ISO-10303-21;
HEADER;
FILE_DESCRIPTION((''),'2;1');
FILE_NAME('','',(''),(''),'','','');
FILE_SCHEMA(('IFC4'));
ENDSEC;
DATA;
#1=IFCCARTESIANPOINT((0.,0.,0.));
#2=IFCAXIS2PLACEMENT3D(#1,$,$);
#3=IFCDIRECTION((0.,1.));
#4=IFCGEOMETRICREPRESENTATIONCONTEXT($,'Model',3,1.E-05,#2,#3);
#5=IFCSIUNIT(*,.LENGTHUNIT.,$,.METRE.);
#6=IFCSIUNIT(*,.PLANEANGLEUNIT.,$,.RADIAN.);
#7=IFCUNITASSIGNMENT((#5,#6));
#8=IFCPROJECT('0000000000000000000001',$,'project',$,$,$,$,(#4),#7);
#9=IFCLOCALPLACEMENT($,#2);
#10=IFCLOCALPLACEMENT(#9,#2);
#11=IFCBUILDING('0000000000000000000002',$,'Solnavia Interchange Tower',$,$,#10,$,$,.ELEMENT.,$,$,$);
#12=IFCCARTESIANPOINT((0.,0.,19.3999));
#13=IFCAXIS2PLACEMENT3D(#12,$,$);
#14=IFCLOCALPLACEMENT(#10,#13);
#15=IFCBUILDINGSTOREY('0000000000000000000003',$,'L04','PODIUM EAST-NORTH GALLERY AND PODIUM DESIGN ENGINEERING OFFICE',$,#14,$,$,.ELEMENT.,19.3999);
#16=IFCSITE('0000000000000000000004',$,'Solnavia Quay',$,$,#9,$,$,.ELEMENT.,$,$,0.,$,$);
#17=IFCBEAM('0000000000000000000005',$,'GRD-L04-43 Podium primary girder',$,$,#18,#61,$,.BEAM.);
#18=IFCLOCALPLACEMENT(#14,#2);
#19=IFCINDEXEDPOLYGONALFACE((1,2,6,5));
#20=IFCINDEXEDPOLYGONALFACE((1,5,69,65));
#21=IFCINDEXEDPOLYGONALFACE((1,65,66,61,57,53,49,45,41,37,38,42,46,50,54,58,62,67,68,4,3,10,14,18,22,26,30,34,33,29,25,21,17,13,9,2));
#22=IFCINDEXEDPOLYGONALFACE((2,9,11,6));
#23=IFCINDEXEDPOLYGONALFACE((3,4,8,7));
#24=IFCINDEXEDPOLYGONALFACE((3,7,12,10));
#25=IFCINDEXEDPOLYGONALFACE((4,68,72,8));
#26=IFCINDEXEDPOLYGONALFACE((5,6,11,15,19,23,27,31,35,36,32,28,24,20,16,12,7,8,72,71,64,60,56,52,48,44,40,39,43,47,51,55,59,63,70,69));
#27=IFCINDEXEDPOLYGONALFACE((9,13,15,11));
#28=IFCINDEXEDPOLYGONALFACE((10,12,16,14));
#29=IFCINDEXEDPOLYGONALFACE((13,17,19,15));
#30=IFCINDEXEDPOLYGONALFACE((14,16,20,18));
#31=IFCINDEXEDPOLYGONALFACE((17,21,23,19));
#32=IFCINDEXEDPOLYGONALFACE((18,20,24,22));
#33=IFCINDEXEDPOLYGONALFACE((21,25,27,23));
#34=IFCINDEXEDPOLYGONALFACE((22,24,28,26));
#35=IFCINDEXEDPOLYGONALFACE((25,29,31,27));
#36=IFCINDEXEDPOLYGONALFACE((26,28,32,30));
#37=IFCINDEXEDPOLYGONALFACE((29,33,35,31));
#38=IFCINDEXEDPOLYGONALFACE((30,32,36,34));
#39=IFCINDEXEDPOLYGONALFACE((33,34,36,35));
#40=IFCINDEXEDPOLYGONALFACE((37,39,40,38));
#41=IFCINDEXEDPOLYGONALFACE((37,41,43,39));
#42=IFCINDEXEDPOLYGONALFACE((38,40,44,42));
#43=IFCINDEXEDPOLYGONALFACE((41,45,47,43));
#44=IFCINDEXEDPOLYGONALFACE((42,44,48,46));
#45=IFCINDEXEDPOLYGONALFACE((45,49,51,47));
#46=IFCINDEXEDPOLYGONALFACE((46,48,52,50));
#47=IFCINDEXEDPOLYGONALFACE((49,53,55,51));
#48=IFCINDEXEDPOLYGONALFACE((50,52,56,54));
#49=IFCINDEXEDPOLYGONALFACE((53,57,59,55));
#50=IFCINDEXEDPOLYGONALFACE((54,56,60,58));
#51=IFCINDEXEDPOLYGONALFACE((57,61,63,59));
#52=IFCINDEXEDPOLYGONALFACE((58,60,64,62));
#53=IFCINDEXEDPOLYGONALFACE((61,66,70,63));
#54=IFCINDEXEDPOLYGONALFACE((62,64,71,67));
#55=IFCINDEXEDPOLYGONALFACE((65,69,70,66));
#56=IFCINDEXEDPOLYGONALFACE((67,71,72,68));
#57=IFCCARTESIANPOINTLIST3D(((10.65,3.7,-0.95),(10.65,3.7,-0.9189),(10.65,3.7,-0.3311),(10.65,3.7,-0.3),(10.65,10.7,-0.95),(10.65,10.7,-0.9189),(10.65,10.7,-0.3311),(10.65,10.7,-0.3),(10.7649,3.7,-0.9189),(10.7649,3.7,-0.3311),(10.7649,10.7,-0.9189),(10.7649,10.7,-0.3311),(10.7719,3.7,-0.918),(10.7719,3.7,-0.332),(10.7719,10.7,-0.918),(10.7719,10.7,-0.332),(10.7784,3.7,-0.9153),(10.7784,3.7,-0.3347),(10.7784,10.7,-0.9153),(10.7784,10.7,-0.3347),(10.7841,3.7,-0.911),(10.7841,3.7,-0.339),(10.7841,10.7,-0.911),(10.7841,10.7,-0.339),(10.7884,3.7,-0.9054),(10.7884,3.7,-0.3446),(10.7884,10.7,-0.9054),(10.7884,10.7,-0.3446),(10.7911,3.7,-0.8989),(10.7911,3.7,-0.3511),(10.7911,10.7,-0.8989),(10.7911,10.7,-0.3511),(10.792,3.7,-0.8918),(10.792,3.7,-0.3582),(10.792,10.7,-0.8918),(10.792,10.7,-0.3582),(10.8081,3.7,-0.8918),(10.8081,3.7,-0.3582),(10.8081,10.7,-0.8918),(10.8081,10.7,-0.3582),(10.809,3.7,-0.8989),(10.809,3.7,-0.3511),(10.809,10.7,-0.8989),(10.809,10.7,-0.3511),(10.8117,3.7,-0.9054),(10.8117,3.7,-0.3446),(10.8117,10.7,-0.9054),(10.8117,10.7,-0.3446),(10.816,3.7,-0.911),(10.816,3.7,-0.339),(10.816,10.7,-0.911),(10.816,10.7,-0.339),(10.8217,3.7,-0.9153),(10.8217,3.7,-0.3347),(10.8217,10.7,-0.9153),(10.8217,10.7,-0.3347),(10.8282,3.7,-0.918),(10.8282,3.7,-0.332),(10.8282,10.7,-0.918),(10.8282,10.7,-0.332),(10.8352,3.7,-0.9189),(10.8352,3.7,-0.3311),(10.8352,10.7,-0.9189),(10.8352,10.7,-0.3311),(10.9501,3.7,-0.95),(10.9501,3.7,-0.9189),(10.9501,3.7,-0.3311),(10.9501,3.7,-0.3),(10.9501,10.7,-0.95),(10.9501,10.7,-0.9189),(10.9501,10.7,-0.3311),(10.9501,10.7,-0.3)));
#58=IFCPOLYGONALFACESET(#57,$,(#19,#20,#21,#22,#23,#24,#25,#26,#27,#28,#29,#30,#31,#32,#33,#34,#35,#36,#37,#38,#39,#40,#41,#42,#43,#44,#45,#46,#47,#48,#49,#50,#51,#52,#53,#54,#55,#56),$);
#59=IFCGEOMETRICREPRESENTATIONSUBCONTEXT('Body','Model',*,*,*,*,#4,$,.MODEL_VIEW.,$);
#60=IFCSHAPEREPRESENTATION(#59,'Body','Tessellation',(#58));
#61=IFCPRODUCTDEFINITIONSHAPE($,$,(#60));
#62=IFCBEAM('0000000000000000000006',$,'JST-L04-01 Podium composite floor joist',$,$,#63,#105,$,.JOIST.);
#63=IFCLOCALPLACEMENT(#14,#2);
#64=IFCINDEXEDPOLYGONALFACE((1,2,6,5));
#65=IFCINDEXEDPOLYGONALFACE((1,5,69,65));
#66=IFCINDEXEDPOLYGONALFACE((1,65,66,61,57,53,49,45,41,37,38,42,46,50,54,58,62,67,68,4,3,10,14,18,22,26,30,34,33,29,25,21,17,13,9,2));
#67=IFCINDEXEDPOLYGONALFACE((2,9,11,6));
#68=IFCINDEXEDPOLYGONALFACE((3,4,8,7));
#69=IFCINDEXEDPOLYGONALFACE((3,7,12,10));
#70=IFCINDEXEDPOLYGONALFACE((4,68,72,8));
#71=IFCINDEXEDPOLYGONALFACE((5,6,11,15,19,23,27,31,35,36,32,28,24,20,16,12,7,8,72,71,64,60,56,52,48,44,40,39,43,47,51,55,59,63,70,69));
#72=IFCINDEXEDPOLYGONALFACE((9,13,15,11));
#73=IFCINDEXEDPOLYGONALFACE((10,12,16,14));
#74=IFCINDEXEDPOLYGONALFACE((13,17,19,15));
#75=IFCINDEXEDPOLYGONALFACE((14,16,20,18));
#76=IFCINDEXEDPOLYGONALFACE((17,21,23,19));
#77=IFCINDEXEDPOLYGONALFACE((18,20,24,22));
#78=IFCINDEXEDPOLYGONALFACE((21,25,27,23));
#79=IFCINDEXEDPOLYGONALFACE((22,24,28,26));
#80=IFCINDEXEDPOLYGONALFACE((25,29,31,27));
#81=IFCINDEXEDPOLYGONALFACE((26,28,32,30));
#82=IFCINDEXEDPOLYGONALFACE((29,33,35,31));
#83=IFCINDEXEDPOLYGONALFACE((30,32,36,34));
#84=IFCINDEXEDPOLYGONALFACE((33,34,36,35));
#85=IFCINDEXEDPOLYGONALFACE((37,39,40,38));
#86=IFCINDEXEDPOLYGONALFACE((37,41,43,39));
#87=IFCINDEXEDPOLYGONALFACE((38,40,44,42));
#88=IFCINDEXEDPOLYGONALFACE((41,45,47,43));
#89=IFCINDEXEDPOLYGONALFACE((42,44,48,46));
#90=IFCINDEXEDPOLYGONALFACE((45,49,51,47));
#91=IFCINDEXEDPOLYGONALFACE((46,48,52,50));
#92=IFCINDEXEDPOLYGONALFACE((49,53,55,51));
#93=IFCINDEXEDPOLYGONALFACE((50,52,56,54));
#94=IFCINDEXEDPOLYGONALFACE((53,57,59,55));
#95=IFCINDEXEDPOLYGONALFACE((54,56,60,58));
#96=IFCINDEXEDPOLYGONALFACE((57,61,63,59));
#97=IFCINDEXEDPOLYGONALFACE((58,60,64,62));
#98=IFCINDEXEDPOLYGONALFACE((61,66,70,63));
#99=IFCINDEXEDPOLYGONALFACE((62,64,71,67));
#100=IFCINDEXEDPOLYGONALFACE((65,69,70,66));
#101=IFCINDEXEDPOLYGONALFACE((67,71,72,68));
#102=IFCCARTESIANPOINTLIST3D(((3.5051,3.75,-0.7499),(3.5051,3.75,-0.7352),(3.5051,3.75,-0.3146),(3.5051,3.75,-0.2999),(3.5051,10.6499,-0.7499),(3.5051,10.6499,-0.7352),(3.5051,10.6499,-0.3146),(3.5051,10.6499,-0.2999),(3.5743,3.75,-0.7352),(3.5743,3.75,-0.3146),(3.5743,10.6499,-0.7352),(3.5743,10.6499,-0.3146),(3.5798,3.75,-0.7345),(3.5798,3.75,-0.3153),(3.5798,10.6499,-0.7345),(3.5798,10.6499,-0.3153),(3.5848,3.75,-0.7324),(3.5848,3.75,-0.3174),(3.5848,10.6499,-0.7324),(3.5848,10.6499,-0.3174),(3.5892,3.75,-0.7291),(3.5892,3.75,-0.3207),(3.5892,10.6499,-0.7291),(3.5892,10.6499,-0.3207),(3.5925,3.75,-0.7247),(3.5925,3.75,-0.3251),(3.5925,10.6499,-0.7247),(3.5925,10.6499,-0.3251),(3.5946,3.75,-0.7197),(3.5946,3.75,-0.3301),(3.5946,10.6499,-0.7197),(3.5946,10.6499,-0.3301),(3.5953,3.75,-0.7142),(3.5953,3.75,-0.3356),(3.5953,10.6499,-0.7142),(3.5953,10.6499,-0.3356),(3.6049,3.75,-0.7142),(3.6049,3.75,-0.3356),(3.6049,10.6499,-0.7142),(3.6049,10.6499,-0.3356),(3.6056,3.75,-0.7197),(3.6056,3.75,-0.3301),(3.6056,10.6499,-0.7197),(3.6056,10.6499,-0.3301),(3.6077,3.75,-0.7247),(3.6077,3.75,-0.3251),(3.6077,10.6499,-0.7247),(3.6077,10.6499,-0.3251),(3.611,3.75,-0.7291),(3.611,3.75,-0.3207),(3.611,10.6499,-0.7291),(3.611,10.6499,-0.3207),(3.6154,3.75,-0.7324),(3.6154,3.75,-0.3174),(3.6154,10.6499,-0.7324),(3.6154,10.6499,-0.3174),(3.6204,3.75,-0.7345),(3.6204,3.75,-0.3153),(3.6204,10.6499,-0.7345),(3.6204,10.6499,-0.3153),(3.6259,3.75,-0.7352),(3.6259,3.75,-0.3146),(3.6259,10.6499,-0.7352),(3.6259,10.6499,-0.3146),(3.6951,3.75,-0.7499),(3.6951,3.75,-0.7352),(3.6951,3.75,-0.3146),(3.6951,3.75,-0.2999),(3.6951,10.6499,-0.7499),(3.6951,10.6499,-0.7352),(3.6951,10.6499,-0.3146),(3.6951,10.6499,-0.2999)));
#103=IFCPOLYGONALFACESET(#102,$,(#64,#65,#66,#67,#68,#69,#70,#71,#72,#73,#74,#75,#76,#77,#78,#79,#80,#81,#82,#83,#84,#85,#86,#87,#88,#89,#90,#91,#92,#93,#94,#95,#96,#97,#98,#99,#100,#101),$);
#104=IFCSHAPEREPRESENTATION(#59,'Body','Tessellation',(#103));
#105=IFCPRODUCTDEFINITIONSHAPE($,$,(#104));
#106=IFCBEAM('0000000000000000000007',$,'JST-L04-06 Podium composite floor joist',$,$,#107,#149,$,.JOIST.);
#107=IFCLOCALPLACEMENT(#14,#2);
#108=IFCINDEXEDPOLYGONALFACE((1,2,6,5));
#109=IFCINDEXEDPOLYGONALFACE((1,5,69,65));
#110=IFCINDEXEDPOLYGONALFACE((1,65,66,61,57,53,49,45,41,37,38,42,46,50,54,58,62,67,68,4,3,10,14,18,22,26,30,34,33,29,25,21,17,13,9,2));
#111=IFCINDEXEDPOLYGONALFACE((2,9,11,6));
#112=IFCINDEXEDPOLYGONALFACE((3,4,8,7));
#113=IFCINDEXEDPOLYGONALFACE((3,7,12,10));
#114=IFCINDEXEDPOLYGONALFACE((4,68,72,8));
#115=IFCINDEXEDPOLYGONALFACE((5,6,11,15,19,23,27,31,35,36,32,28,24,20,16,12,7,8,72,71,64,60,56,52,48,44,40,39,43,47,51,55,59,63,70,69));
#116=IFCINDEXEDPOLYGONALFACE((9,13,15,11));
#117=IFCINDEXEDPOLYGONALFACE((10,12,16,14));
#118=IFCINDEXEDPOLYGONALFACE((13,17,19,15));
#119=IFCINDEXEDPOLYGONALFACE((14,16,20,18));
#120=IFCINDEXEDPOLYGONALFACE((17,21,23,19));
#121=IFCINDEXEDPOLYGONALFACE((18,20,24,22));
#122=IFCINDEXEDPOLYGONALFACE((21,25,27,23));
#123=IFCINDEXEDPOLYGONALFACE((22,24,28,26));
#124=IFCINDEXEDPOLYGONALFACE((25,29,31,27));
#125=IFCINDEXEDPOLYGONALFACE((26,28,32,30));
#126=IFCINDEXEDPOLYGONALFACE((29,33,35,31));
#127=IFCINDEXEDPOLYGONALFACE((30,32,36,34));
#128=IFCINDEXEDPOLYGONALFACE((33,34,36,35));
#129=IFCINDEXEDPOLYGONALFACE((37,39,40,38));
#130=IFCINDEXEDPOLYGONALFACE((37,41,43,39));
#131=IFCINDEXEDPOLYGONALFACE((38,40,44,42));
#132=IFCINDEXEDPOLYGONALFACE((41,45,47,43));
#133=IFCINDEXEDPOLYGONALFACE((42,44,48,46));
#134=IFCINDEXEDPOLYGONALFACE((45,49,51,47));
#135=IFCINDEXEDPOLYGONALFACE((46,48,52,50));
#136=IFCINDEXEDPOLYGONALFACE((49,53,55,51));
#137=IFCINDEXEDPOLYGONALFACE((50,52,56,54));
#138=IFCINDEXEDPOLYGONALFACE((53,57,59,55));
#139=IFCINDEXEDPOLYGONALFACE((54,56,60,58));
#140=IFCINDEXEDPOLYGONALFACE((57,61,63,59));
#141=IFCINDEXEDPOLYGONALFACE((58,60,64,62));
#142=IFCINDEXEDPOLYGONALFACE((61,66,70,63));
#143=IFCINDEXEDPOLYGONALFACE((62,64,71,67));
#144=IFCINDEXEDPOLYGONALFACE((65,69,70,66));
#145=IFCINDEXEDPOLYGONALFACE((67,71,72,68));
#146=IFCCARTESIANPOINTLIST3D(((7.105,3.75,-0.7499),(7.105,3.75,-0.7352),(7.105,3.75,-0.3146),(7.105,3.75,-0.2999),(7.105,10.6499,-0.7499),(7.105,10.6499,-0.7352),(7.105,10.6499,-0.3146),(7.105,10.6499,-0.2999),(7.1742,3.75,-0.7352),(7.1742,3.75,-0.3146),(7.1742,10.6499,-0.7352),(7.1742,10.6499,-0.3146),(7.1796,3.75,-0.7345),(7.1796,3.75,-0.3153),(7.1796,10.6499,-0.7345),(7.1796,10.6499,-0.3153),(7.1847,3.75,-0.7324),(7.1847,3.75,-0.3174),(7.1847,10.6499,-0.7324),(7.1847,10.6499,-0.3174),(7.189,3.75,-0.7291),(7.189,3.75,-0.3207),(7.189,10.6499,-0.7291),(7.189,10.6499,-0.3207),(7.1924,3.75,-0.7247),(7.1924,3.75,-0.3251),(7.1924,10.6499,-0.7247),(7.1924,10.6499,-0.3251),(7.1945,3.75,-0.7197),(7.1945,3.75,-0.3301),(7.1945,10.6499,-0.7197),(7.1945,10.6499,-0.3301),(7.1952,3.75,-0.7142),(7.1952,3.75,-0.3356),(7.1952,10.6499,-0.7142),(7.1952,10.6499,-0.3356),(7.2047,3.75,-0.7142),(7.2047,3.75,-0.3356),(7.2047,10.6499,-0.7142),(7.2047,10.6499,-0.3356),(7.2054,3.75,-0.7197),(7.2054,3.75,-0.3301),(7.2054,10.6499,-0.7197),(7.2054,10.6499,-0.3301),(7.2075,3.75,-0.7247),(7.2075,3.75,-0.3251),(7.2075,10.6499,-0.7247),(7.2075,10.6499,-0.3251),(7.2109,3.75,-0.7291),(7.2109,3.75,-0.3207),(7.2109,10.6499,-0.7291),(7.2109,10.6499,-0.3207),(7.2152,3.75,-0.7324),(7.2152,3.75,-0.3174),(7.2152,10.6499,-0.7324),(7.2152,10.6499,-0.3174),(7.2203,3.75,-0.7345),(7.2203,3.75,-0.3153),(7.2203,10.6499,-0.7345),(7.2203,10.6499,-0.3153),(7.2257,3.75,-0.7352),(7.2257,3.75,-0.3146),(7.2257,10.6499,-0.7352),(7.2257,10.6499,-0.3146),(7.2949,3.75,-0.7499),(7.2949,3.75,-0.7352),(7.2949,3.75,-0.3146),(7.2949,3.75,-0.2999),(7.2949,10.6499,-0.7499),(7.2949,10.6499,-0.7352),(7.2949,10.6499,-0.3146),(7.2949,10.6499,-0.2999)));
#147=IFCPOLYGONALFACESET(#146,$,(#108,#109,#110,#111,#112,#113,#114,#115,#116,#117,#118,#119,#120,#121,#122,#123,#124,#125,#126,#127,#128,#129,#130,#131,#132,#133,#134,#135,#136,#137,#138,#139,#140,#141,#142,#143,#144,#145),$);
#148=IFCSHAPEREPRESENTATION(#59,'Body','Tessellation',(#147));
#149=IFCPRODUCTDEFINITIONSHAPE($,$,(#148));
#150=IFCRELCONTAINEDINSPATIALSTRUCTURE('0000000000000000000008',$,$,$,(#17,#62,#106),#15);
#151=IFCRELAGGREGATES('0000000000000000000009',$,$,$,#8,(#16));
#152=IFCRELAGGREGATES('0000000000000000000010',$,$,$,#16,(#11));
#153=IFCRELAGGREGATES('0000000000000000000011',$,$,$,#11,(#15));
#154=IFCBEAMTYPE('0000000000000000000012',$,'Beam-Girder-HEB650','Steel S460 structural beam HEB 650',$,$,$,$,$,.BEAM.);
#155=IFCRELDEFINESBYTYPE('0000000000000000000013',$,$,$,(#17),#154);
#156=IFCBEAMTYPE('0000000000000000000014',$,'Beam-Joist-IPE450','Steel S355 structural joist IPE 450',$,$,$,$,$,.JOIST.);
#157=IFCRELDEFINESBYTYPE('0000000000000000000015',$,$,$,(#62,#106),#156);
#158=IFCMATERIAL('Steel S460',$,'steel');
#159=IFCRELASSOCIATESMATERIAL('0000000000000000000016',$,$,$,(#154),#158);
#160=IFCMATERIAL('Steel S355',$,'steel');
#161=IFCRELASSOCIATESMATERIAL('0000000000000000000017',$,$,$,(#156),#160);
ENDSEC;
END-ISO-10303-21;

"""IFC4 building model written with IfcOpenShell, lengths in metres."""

from ifc_helpers import new_model, si_unit, direction, frame, origin, origin_2d, place, context, subcontext, project, spatial, i_section, extrude, material, material_profile, profile_set, type_object, element, save


model = new_model("IFC4")

# Units and contexts
model_context = context("Model", 3, precision=1e-05, world=origin(), true_north=direction((0.0, 1.0)))
body_context = subcontext(model_context, "Body", "Model", "MODEL_VIEW")
ifc_project = project(units=[si_unit("LENGTHUNIT", "METRE"), si_unit("PLANEANGLEUNIT", "RADIAN")], contexts=[model_context])

# Site, building, storey
site_placement = place(None, origin())
site = spatial("IfcSite", under=ifc_project, at=site_placement, Name="Solnavia Quay", CompositionType="ELEMENT", RefElevation=0.0)
building_placement = place(site_placement, origin())
building = spatial("IfcBuilding", under=site, at=building_placement, Name="Solnavia Interchange Tower", CompositionType="ELEMENT")
storey_placement = place(building_placement, frame((0.0, 0.0, 19.3999)))
storey = spatial("IfcBuildingStorey", under=building, at=storey_placement, Name="L04", Description="PODIUM EAST-NORTH GALLERY AND PODIUM DESIGN ENGINEERING OFFICE", CompositionType="ELEMENT", Elevation=19.3999)

# Beams
ifc_material_1 = material(Name="Steel S460", Category="steel")
ifc_material_profile_1 = material_profile(ifc_material_1, i_section(OverallWidth=0.3, OverallDepth=0.6499, WebThickness=0.0161, FlangeThickness=0.031, FilletRadius=0.0271, at=origin_2d()), Name="HEB 650")
ifc_profile_set_1 = profile_set([ifc_material_profile_1], Name="Steel S460")
beam_type_1 = type_object("IfcBeamType", Name="Beam-Girder-HEB650", Description="Steel S460 structural beam HEB 650", PredefinedType="BEAM", material=ifc_profile_set_1)
for number, where, z_axis, x_axis, name in (
    (1, (10.8, 3.7, -0.625), (0.0, 1.0, 0.0), (-1.0, 0.0, 0.0), "GRD-L04-43 Podium primary girder"),
):
    element("IfcBeam", number, at=place(storey_placement, frame(where, z_axis=z_axis, x_axis=x_axis)), inside=storey, type_object=beam_type_1, Name=name, PredefinedType="BEAM", context=body_context, shape_type="SweptSolid", body=[
        extrude(i_section(OverallWidth=0.3, OverallDepth=0.6499, WebThickness=0.0161, FlangeThickness=0.031, FilletRadius=0.0271, at=origin_2d()), origin(), (0.0, 0.0, 1.0), 7.0),
    ])
ifc_material_2 = material(Name="Steel S355", Category="steel")
ifc_material_profile_2 = material_profile(ifc_material_2, i_section(OverallWidth=0.1899, OverallDepth=0.45, WebThickness=0.0095, FlangeThickness=0.0146, FilletRadius=0.021, at=origin_2d()), Name="IPE 450")
ifc_profile_set_2 = profile_set([ifc_material_profile_2], Name="Steel S355")
beam_type_2 = type_object("IfcBeamType", Name="Beam-Joist-IPE450", Description="Steel S355 structural joist IPE 450", PredefinedType="JOIST", material=ifc_profile_set_2)
for number, where, z_axis, x_axis, name in (
    (2, (3.6001, 3.75, -0.5249), (0.0, 1.0, 0.0), (-1.0, 0.0, 0.0), "JST-L04-01 Podium composite floor joist"),
    (3, (7.2, 3.75, -0.5249), (0.0, 1.0, 0.0), (-1.0, 0.0, 0.0), "JST-L04-06 Podium composite floor joist"),
):
    element("IfcBeam", number, at=place(storey_placement, frame(where, z_axis=z_axis, x_axis=x_axis)), inside=storey, type_object=beam_type_2, Name=name, PredefinedType="JOIST", context=body_context, shape_type="SweptSolid", body=[
        extrude(i_section(OverallWidth=0.1899, OverallDepth=0.45, WebThickness=0.0095, FlangeThickness=0.0146, FilletRadius=0.021, at=origin_2d()), origin(), (0.0, 0.0, 1.0), 6.8999),
    ])

save(model, "model.ifc")
